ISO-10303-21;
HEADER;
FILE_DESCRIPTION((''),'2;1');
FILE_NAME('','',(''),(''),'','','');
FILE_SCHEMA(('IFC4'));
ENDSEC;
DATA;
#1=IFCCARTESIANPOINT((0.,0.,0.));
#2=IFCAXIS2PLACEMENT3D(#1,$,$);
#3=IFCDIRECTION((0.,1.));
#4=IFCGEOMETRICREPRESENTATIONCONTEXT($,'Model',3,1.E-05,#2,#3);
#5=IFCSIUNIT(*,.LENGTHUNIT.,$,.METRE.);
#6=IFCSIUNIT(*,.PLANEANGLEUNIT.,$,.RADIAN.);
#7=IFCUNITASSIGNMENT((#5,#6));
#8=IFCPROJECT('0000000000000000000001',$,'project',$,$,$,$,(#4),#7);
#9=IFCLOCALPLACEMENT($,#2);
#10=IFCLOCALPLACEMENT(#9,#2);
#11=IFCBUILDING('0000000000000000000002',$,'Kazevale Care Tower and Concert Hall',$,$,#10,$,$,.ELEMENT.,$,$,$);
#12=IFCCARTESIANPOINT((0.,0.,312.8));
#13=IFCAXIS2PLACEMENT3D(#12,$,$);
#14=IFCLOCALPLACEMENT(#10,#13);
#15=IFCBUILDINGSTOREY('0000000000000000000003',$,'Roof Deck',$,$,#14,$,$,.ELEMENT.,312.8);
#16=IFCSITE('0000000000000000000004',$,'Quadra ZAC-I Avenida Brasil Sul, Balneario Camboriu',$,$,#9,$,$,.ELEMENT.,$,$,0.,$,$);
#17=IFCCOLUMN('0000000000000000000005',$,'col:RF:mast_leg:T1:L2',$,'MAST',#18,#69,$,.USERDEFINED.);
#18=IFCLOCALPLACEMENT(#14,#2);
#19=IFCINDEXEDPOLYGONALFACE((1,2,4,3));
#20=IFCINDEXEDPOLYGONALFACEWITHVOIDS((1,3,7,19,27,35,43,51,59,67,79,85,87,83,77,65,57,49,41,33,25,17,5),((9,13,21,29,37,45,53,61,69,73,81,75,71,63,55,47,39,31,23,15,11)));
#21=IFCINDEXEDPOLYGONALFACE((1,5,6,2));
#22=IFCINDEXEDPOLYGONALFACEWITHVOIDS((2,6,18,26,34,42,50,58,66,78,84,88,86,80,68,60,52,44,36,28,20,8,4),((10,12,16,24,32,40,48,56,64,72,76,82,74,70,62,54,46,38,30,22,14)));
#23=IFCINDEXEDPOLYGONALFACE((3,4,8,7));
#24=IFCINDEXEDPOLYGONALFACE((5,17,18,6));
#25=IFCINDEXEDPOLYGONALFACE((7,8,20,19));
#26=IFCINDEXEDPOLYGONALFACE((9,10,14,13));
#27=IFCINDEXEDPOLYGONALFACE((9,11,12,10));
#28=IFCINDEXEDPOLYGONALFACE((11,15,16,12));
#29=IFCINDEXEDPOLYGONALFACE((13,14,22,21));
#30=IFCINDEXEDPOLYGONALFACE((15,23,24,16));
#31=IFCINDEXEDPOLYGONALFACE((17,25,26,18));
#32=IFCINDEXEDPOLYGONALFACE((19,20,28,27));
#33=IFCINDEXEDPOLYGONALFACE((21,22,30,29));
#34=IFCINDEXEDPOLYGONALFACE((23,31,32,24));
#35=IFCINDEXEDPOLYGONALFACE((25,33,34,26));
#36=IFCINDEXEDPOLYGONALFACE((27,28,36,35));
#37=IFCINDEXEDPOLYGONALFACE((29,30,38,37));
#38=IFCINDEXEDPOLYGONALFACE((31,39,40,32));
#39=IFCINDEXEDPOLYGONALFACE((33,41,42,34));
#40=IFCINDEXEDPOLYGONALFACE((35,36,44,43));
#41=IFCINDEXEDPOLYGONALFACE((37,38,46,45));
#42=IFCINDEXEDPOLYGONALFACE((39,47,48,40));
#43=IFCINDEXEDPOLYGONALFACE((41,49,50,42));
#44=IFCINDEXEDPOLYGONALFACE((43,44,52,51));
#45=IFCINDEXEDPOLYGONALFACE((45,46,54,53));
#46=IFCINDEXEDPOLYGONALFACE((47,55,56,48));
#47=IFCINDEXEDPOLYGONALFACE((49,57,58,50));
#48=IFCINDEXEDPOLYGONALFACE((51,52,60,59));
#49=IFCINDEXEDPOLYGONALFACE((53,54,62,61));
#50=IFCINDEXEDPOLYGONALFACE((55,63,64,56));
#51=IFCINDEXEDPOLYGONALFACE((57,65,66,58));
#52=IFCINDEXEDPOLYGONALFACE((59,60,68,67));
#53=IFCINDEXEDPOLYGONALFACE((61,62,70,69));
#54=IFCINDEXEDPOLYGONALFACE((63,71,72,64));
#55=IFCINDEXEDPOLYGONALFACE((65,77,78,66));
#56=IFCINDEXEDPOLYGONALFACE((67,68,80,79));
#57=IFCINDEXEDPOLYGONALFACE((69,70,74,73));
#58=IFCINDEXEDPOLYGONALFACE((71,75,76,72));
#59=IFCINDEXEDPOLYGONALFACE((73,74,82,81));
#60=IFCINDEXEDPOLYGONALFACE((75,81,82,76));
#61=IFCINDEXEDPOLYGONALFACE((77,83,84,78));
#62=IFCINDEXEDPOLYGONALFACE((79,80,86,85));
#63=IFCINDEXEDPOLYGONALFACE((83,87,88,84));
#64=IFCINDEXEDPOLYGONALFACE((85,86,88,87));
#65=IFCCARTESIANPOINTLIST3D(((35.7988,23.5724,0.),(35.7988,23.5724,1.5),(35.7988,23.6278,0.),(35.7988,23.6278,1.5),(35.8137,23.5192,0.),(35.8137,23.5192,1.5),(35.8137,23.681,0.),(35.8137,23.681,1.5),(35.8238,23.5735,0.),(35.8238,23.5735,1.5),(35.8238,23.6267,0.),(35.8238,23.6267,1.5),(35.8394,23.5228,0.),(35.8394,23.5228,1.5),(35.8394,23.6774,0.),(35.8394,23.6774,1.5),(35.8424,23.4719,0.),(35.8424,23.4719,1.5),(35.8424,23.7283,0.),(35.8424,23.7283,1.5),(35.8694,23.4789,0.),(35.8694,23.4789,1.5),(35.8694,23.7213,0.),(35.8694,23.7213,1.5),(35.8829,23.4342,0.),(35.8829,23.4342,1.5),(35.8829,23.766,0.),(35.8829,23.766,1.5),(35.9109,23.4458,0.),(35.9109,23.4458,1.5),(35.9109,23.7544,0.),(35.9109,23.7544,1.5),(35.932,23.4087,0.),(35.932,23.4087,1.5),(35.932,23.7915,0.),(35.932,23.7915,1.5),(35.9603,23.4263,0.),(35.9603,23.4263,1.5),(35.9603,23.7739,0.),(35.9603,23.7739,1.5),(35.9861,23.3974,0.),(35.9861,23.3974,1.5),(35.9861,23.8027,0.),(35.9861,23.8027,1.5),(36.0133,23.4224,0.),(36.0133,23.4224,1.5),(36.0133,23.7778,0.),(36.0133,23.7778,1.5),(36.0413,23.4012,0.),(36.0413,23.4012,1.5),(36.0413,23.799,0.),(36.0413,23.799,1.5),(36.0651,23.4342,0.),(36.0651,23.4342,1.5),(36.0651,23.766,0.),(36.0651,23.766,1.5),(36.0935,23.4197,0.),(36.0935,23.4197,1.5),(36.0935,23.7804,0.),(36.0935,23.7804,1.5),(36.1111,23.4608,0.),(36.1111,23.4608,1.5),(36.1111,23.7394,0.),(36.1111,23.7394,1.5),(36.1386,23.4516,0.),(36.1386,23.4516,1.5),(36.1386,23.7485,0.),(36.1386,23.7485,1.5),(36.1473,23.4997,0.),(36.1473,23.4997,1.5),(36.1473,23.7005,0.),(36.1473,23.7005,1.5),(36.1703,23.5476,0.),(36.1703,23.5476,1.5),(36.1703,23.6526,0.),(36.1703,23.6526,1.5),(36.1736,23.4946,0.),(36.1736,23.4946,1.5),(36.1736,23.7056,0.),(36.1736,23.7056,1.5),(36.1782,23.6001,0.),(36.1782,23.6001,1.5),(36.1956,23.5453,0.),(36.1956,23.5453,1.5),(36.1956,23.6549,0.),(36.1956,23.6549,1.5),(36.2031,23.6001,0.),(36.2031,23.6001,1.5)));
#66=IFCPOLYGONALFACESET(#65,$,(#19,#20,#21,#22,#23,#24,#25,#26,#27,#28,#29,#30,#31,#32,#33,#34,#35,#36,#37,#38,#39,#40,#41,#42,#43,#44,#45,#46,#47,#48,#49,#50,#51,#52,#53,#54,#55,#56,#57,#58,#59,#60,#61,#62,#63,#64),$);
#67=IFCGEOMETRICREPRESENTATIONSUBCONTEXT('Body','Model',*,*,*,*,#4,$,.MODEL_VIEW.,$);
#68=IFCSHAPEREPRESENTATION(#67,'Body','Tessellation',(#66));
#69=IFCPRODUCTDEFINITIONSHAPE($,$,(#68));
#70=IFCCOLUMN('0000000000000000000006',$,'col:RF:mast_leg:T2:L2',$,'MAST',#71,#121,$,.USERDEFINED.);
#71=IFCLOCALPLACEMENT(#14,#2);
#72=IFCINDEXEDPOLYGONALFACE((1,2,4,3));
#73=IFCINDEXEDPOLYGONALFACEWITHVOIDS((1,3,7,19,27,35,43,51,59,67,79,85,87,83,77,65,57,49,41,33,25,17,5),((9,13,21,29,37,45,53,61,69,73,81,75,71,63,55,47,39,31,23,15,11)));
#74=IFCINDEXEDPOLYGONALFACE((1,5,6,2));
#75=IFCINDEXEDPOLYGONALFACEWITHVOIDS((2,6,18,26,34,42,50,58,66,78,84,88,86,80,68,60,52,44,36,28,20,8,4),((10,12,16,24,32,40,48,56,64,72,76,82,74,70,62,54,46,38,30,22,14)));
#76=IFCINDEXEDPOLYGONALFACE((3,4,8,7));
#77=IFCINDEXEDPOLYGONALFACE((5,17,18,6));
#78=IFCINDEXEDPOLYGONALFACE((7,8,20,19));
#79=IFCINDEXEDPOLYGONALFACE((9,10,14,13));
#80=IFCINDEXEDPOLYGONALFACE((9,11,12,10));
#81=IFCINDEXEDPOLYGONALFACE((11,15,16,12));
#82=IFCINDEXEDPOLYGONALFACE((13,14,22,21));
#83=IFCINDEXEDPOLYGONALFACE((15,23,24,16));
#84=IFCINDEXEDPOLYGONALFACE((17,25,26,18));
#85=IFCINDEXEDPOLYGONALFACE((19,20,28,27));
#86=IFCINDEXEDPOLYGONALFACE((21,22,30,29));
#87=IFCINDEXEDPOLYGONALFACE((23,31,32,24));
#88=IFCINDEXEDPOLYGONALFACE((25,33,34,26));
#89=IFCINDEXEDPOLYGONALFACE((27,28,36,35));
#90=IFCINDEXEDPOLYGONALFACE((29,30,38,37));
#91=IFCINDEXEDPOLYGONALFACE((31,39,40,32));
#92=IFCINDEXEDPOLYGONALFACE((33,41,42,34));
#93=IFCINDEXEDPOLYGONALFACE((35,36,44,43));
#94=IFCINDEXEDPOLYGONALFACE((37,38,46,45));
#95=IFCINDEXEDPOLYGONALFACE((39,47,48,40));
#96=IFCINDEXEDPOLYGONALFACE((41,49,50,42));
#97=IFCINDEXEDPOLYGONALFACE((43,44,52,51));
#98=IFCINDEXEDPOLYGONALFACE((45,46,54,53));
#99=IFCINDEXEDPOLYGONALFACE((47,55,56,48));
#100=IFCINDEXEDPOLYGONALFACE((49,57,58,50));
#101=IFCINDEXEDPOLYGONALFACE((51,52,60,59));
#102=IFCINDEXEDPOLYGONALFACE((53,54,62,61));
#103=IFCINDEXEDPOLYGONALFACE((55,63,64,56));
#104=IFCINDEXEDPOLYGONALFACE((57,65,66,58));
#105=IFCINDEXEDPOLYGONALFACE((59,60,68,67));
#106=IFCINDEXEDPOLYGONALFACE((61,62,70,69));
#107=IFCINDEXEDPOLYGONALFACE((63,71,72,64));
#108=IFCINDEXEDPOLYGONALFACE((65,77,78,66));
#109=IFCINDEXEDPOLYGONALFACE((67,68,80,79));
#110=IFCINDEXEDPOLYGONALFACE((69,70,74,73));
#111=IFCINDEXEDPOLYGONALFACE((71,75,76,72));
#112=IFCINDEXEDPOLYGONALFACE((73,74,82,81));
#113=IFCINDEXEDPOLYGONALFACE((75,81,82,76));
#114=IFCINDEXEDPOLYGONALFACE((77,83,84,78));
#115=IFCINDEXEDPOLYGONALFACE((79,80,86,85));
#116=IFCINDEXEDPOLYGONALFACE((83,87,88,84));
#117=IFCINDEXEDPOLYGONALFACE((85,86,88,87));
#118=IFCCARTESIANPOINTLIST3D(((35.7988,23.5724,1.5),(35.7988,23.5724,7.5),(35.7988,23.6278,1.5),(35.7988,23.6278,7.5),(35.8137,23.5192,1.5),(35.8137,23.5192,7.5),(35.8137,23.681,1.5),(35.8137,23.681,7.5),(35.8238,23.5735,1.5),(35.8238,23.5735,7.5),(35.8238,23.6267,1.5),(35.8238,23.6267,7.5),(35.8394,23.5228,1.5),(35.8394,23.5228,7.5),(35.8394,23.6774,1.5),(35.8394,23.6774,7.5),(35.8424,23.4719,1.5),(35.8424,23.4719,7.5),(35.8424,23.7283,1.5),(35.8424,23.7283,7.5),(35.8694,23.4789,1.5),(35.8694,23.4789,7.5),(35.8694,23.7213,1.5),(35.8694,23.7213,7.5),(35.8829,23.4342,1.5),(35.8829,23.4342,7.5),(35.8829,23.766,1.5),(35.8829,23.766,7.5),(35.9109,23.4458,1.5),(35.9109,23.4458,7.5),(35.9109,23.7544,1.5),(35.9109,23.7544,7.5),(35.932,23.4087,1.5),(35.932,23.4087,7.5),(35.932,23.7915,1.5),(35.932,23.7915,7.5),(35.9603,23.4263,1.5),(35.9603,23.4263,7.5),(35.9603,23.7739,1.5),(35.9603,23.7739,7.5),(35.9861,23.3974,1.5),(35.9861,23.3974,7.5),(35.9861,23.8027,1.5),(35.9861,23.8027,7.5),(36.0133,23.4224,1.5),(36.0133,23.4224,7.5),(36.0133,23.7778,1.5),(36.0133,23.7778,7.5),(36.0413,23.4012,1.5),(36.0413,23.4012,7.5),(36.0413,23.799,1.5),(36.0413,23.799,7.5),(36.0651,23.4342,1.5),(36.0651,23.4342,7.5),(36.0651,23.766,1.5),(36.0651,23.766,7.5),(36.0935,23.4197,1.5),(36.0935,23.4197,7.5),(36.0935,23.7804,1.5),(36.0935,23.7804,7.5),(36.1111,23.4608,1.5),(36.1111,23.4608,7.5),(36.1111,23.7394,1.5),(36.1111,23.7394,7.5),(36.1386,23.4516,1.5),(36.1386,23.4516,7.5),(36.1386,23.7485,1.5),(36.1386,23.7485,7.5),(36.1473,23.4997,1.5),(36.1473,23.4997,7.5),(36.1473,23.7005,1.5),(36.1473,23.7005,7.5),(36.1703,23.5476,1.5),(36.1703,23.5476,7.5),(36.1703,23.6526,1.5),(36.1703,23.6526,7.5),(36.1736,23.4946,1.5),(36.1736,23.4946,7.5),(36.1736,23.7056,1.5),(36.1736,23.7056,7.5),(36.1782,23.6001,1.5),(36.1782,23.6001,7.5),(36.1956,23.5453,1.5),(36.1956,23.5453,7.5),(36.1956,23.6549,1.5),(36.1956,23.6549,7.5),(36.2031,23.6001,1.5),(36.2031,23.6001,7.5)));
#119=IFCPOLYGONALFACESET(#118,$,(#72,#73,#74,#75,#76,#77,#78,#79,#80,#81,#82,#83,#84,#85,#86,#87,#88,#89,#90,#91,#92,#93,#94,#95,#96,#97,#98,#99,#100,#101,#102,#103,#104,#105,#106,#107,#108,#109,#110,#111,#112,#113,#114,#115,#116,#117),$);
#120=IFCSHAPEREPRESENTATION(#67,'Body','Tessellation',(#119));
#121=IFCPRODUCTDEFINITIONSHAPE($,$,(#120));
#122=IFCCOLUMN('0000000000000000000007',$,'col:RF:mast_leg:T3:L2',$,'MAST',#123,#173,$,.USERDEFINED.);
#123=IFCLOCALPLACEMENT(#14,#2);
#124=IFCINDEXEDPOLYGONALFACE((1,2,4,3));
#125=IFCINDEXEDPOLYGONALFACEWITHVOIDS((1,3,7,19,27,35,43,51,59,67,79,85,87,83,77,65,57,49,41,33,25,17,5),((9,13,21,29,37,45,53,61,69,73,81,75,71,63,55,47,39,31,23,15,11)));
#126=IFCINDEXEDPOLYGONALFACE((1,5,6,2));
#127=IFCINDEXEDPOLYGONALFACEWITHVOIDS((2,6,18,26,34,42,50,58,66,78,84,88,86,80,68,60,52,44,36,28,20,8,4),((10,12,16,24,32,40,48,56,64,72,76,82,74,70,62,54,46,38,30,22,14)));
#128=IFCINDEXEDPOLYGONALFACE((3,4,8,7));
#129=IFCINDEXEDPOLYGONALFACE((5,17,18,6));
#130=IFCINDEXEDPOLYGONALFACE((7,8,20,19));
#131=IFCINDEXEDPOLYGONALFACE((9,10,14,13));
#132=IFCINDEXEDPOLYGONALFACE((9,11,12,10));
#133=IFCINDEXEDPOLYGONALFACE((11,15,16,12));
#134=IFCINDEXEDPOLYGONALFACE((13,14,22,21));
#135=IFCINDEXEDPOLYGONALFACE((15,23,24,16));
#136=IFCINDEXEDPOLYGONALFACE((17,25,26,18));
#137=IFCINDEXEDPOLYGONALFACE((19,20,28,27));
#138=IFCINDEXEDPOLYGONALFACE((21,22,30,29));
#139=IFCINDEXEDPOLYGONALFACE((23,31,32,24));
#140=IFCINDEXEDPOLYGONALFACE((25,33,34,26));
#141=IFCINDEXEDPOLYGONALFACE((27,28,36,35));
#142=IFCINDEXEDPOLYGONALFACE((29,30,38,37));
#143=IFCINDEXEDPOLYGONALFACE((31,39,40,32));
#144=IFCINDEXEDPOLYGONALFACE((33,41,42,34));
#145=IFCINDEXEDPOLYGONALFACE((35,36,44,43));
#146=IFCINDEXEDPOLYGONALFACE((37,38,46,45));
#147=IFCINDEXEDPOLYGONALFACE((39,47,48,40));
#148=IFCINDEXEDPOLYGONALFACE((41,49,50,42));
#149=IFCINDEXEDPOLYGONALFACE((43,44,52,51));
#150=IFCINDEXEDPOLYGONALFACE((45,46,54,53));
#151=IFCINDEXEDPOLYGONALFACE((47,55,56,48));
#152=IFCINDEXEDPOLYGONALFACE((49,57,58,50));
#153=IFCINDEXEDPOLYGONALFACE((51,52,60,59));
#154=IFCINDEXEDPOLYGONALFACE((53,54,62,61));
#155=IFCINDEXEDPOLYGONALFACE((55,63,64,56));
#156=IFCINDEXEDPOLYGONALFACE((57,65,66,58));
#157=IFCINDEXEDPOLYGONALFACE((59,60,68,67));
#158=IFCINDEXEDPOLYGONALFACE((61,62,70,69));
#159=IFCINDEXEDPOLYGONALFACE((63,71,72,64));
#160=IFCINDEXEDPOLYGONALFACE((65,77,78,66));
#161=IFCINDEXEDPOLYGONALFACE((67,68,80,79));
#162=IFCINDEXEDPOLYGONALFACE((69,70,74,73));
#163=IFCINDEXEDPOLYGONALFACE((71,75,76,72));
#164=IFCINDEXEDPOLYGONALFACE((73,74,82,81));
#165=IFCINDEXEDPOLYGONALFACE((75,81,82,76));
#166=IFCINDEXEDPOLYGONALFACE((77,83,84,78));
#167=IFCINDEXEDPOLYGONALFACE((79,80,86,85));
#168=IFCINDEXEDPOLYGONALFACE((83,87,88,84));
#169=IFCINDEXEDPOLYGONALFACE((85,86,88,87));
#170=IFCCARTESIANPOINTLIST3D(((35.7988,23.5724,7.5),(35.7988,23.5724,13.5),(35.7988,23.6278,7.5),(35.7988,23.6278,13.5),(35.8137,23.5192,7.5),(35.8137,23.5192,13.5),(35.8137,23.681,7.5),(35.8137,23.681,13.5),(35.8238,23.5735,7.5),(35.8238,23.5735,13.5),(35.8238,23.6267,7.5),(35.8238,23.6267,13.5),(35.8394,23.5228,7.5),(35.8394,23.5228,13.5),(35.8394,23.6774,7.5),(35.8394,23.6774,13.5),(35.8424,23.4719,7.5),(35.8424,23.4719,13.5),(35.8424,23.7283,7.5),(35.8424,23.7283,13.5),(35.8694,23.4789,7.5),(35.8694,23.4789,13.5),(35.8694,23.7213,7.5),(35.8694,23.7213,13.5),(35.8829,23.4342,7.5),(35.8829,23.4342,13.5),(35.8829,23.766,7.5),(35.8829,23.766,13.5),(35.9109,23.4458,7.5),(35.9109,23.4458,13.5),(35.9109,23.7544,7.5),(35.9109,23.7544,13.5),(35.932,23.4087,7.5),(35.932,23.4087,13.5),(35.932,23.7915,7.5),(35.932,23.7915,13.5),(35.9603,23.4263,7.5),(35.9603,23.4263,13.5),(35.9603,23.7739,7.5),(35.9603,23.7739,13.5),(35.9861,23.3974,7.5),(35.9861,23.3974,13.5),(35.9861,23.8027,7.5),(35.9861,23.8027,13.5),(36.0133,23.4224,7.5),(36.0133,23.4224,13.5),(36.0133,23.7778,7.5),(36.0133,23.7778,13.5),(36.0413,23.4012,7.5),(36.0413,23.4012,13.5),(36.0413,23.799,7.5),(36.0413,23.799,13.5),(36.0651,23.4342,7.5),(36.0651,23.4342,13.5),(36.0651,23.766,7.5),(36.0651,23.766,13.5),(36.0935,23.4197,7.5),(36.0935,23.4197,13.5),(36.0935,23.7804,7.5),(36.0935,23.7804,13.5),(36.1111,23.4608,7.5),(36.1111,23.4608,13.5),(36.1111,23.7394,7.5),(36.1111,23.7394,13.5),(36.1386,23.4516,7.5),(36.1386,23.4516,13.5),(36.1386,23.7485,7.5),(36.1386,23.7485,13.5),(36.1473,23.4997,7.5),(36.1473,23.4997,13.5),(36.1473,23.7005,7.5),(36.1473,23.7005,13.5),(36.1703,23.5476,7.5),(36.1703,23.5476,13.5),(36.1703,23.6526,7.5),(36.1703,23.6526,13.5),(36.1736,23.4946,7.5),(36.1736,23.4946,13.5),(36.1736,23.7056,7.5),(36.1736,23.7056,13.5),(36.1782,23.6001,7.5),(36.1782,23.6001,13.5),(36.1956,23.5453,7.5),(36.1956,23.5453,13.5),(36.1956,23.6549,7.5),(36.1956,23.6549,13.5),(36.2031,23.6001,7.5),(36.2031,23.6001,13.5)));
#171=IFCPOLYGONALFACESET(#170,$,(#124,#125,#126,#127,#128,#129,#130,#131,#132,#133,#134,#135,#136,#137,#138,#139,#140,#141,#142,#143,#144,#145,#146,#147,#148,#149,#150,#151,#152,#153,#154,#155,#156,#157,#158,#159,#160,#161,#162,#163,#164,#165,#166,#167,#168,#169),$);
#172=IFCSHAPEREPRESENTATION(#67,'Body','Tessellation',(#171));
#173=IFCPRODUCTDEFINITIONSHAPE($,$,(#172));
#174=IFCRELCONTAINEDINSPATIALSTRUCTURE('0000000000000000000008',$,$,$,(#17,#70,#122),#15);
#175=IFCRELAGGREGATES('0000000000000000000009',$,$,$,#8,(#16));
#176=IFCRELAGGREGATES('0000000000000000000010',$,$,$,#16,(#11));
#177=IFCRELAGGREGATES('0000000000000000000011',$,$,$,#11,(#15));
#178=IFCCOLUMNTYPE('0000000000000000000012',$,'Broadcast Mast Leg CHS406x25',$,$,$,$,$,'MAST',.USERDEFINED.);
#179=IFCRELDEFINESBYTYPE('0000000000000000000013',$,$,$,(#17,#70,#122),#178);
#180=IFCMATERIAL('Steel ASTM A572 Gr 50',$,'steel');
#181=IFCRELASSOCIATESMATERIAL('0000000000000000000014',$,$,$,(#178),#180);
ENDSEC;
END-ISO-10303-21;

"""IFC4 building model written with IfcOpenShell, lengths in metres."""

from ifc_helpers import new_model, si_unit, direction, frame, origin, origin_2d, place, context, subcontext, project, spatial, hollow_circle, extrude, material, material_profile, profile_set, type_object, element, save


model = new_model("IFC4")

# Units and contexts
model_context = context("Model", 3, precision=1e-05, world=origin(), true_north=direction((0.0, 1.0)))
body_context = subcontext(model_context, "Body", "Model", "MODEL_VIEW")
ifc_project = project(units=[si_unit("LENGTHUNIT", "METRE"), si_unit("PLANEANGLEUNIT", "RADIAN")], contexts=[model_context])

# Site, building, storey
site_placement = place(None, origin())
site = spatial("IfcSite", under=ifc_project, at=site_placement, Name="Quadra ZAC-I Avenida Brasil Sul, Balneario Camboriu", CompositionType="ELEMENT", RefElevation=0.0)
building_placement = place(site_placement, origin())
building = spatial("IfcBuilding", under=site, at=building_placement, Name="Kazevale Care Tower and Concert Hall", CompositionType="ELEMENT")
storey_placement = place(building_placement, frame((0.0, 0.0, 312.8)))
storey = spatial("IfcBuildingStorey", under=building, at=storey_placement, Name="Roof Deck", CompositionType="ELEMENT", Elevation=312.8)

# Columns
ifc_material_1 = material(Name="Steel ASTM A572 Gr 50", Category="steel")
ifc_material_profile_1 = material_profile(ifc_material_1, hollow_circle(Radius=0.2031, WallThickness=0.0249, at=origin_2d()), Name="CHS406x25")
ifc_profile_set_1 = profile_set([ifc_material_profile_1], Name="Steel ASTM A572 Gr 50")
column_type_1 = type_object("IfcColumnType", Name="Broadcast Mast Leg CHS406x25", ElementType="MAST", PredefinedType="USERDEFINED", material=ifc_profile_set_1)
column_1_placement = place(storey_placement, frame((36.0, 23.6001, 0.0), z_axis=(0.0, 0.0, 1.0), x_axis=(1.0, 0.0, 0.0)))
element("IfcColumn", 1, at=column_1_placement, inside=storey, type_object=column_type_1, Name="col:RF:mast_leg:T1:L2", ObjectType="MAST", PredefinedType="USERDEFINED", context=body_context, shape_type="SweptSolid", body=[
    extrude(hollow_circle(Radius=0.2031, WallThickness=0.0249, at=origin_2d()), origin(), (0.0, 0.0, 1.0), 1.5),
])
for number, where, z_axis, x_axis, name in (
    (2, (36.0, 23.6001, 1.5), (0.0, 0.0, 1.0), (1.0, 0.0, 0.0), "col:RF:mast_leg:T2:L2"),
    (3, (36.0, 23.6001, 7.5), (0.0, 0.0, 1.0), (1.0, 0.0, 0.0), "col:RF:mast_leg:T3:L2"),
):
    element("IfcColumn", number, at=place(storey_placement, frame(where, z_axis=z_axis, x_axis=x_axis)), inside=storey, type_object=column_type_1, Name=name, ObjectType="MAST", PredefinedType="USERDEFINED", context=body_context, shape_type="SweptSolid", body=[
        extrude(hollow_circle(Radius=0.2031, WallThickness=0.0249, at=origin_2d()), origin(), (0.0, 0.0, 1.0), 6.0),
    ])

save(model, "model.ifc")
